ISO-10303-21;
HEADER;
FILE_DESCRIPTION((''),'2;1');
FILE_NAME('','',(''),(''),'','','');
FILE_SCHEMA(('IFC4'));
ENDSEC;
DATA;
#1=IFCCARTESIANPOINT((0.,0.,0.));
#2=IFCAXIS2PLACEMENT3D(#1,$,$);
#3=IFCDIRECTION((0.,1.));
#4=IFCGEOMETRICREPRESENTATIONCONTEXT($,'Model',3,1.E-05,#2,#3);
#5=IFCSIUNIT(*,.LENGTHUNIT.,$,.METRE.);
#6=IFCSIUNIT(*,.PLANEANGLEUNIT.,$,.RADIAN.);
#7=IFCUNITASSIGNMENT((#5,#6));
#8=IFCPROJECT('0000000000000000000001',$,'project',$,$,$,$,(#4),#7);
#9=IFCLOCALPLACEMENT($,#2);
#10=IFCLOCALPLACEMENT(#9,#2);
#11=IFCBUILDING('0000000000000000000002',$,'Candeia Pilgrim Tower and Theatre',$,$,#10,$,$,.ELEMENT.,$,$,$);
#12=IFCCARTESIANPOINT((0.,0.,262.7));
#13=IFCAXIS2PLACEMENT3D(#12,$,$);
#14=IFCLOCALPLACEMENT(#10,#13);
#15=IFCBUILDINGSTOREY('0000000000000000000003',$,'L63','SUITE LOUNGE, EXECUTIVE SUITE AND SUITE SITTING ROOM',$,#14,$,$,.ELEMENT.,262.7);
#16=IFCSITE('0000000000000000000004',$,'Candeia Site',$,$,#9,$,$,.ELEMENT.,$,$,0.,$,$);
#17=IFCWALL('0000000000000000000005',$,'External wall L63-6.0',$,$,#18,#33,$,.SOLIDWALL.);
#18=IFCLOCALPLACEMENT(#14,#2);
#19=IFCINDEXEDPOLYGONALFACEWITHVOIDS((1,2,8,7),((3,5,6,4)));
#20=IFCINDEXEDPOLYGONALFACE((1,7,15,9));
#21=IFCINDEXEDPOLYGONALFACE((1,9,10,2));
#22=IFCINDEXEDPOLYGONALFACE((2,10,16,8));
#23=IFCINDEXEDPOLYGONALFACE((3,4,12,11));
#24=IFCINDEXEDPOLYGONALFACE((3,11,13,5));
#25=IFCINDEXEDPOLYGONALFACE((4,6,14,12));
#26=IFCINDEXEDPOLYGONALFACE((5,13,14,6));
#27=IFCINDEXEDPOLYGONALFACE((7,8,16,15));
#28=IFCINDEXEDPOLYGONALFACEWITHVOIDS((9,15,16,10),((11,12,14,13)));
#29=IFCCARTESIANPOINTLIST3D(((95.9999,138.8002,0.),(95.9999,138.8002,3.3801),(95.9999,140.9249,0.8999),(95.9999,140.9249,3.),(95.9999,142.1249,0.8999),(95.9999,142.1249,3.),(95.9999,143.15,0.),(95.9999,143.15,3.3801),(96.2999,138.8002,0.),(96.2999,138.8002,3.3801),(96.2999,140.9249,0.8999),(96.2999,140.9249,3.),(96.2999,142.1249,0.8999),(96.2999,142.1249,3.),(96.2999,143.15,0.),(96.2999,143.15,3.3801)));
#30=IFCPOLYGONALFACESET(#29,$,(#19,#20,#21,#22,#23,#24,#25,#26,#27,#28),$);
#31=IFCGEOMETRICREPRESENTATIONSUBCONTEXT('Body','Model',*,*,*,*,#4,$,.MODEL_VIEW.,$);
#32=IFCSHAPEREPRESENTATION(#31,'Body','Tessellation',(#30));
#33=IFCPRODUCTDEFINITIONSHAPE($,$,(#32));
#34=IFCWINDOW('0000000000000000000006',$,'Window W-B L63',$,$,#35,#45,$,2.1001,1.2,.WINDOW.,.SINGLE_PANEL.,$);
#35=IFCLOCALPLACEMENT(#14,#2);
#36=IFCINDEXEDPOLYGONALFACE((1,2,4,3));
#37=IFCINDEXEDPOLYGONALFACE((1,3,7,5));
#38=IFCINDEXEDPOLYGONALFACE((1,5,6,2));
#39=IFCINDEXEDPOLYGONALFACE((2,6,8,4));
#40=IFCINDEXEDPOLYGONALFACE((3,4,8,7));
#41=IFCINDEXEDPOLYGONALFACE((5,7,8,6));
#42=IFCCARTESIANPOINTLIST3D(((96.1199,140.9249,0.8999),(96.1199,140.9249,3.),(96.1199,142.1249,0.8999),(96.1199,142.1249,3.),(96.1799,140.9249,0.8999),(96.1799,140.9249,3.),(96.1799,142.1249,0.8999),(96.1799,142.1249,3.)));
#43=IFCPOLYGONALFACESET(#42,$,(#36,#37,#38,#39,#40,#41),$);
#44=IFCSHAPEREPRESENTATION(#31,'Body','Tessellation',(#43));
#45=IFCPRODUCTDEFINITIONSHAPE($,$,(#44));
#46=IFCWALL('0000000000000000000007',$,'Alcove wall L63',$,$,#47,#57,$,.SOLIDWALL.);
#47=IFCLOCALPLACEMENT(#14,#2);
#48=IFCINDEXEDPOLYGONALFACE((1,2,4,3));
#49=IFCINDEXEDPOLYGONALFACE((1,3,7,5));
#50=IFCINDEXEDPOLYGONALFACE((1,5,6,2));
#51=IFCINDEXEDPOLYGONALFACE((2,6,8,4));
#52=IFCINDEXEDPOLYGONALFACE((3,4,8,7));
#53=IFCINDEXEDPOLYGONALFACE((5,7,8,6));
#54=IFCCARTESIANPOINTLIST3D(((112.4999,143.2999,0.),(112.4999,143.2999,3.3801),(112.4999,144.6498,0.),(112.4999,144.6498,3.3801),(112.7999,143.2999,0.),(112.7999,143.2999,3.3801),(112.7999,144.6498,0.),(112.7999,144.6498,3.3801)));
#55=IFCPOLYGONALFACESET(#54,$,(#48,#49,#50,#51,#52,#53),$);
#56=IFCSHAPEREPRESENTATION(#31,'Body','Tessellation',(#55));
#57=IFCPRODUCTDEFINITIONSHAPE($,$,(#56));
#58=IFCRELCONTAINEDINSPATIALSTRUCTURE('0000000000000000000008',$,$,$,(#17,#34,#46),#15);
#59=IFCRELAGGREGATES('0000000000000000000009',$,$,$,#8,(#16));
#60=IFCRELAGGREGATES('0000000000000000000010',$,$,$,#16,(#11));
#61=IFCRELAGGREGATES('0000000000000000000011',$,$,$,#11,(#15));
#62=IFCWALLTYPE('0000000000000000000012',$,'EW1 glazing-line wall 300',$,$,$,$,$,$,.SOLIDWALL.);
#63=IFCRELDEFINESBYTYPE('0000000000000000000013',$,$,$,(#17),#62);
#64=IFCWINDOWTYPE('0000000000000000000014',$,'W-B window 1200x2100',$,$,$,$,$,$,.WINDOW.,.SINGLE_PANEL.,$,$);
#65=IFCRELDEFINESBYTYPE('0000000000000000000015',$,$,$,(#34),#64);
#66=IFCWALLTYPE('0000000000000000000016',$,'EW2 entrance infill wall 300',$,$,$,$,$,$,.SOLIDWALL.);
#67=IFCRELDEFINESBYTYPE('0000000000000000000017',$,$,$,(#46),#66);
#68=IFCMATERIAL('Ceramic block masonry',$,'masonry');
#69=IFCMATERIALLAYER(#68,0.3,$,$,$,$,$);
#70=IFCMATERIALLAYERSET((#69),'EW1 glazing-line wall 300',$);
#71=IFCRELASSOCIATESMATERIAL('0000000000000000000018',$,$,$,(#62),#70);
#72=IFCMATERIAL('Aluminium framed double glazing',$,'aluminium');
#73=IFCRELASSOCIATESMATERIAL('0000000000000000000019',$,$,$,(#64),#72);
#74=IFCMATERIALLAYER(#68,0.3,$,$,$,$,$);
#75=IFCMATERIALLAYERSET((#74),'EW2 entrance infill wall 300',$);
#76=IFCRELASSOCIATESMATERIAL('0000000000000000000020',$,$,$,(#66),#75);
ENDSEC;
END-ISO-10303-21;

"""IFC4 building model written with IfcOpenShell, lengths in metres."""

from ifc_helpers import new_model, si_unit, direction, frame, frame_2d, origin, place, context, subcontext, project, spatial, rectangle, extrude, material, layer, layer_set, type_object, element, fill, save


model = new_model("IFC4")

# Units and contexts
model_context = context("Model", 3, precision=1e-05, world=origin(), true_north=direction((0.0, 1.0)))
body_context = subcontext(model_context, "Body", "Model", "MODEL_VIEW")
ifc_project = project(units=[si_unit("LENGTHUNIT", "METRE"), si_unit("PLANEANGLEUNIT", "RADIAN")], contexts=[model_context])

# Site, building, storey
site_placement = place(None, origin())
site = spatial("IfcSite", under=ifc_project, at=site_placement, Name="Candeia Site", CompositionType="ELEMENT", RefElevation=0.0)
building_placement = place(site_placement, origin())
building = spatial("IfcBuilding", under=site, at=building_placement, Name="Candeia Pilgrim Tower and Theatre", CompositionType="ELEMENT")
storey_placement = place(building_placement, frame((0.0, 0.0, 262.7)))
storey = spatial("IfcBuildingStorey", under=building, at=storey_placement, Name="L63", Description="SUITE LOUNGE, EXECUTIVE SUITE AND SUITE SITTING ROOM", CompositionType="ELEMENT", Elevation=262.7)

# Shared definitions
ifc_material_1 = material(Name="Ceramic block masonry", Category="masonry")
ifc_layer_1 = layer(ifc_material_1, 0.3)
ifc_layer_set_1 = layer_set([ifc_layer_1], Name="EW1 glazing-line wall 300")
wall_type_1 = type_object("IfcWallType", Name="EW1 glazing-line wall 300", PredefinedType="SOLIDWALL", material=ifc_layer_set_1)
ifc_material_2 = material(Name="Aluminium framed double glazing", Category="aluminium")
window_type_1 = type_object("IfcWindowType", Name="W-B window 1200x2100", PartitioningType="SINGLE_PANEL", PredefinedType="WINDOW", material=ifc_material_2)

# Wall, opening, window
wall_1_placement = place(storey_placement, frame((96.1499, 143.1499, 0.0), z_axis=(0.0, 0.0, 1.0), x_axis=(0.0, -1.0, 0.0)))
wall_1 = element("IfcWall", 1, at=wall_1_placement, inside=storey, type_object=wall_type_1, Name="External wall L63-6.0", PredefinedType="SOLIDWALL", context=body_context, shape_type="SweptSolid", body=[
    extrude(rectangle(XDim=4.3499, YDim=0.3, at=frame_2d((2.1748, 0.0))), origin(), (0.0, 0.0, 1.0), 3.3801),
])
opening_1_placement = place(wall_1_placement, frame((1.0249, 0.0, 0.8999)))
opening_1 = element("IfcOpeningElement", 2, at=opening_1_placement, cuts=wall_1, PredefinedType="OPENING", context=body_context, shape_type="SweptSolid", body=[
    extrude(rectangle(XDim=1.2, YDim=2.1001, at=frame_2d((0.6001, 1.05))), frame((0.0, 0.1602, 0.0), z_axis=(0.0, -1.0, 0.0), x_axis=(1.0, 0.0, 0.0)), (0.0, 0.0, 1.0), 0.3201),
])
window_1_placement = place(opening_1_placement, origin())
window_1 = element("IfcWindow", 3, at=window_1_placement, inside=storey, type_object=window_type_1, Name="Window W-B L63", OverallHeight=2.1001, OverallWidth=1.2, PartitioningType="SINGLE_PANEL", PredefinedType="WINDOW", context=body_context, shape_type="SweptSolid", body=[
    extrude(rectangle(XDim=1.2, YDim=2.1001, at=frame_2d((0.6001, 1.05))), frame((0.0, 0.03, 0.0), z_axis=(0.0, -1.0, 0.0), x_axis=(1.0, 0.0, 0.0)), (0.0, 0.0, 1.0), 0.0601),
])
fill(opening_1, window_1)

# Wall
ifc_layer_2 = layer(ifc_material_1, 0.3)
ifc_layer_set_2 = layer_set([ifc_layer_2], Name="EW2 entrance infill wall 300")
wall_type_2 = type_object("IfcWallType", Name="EW2 entrance infill wall 300", PredefinedType="SOLIDWALL", material=ifc_layer_set_2)
wall_2_placement = place(storey_placement, frame((112.6499, 143.3, 0.0), z_axis=(0.0, 0.0, 1.0), x_axis=(0.0, 1.0, 0.0)))
element("IfcWall", 4, at=wall_2_placement, inside=storey, type_object=wall_type_2, Name="Alcove wall L63", PredefinedType="SOLIDWALL", context=body_context, shape_type="SweptSolid", body=[
    extrude(rectangle(XDim=1.3499, YDim=0.3, at=frame_2d((0.6748, 0.0))), origin(), (0.0, 0.0, 1.0), 3.3801),
])

save(model, "model.ifc")
